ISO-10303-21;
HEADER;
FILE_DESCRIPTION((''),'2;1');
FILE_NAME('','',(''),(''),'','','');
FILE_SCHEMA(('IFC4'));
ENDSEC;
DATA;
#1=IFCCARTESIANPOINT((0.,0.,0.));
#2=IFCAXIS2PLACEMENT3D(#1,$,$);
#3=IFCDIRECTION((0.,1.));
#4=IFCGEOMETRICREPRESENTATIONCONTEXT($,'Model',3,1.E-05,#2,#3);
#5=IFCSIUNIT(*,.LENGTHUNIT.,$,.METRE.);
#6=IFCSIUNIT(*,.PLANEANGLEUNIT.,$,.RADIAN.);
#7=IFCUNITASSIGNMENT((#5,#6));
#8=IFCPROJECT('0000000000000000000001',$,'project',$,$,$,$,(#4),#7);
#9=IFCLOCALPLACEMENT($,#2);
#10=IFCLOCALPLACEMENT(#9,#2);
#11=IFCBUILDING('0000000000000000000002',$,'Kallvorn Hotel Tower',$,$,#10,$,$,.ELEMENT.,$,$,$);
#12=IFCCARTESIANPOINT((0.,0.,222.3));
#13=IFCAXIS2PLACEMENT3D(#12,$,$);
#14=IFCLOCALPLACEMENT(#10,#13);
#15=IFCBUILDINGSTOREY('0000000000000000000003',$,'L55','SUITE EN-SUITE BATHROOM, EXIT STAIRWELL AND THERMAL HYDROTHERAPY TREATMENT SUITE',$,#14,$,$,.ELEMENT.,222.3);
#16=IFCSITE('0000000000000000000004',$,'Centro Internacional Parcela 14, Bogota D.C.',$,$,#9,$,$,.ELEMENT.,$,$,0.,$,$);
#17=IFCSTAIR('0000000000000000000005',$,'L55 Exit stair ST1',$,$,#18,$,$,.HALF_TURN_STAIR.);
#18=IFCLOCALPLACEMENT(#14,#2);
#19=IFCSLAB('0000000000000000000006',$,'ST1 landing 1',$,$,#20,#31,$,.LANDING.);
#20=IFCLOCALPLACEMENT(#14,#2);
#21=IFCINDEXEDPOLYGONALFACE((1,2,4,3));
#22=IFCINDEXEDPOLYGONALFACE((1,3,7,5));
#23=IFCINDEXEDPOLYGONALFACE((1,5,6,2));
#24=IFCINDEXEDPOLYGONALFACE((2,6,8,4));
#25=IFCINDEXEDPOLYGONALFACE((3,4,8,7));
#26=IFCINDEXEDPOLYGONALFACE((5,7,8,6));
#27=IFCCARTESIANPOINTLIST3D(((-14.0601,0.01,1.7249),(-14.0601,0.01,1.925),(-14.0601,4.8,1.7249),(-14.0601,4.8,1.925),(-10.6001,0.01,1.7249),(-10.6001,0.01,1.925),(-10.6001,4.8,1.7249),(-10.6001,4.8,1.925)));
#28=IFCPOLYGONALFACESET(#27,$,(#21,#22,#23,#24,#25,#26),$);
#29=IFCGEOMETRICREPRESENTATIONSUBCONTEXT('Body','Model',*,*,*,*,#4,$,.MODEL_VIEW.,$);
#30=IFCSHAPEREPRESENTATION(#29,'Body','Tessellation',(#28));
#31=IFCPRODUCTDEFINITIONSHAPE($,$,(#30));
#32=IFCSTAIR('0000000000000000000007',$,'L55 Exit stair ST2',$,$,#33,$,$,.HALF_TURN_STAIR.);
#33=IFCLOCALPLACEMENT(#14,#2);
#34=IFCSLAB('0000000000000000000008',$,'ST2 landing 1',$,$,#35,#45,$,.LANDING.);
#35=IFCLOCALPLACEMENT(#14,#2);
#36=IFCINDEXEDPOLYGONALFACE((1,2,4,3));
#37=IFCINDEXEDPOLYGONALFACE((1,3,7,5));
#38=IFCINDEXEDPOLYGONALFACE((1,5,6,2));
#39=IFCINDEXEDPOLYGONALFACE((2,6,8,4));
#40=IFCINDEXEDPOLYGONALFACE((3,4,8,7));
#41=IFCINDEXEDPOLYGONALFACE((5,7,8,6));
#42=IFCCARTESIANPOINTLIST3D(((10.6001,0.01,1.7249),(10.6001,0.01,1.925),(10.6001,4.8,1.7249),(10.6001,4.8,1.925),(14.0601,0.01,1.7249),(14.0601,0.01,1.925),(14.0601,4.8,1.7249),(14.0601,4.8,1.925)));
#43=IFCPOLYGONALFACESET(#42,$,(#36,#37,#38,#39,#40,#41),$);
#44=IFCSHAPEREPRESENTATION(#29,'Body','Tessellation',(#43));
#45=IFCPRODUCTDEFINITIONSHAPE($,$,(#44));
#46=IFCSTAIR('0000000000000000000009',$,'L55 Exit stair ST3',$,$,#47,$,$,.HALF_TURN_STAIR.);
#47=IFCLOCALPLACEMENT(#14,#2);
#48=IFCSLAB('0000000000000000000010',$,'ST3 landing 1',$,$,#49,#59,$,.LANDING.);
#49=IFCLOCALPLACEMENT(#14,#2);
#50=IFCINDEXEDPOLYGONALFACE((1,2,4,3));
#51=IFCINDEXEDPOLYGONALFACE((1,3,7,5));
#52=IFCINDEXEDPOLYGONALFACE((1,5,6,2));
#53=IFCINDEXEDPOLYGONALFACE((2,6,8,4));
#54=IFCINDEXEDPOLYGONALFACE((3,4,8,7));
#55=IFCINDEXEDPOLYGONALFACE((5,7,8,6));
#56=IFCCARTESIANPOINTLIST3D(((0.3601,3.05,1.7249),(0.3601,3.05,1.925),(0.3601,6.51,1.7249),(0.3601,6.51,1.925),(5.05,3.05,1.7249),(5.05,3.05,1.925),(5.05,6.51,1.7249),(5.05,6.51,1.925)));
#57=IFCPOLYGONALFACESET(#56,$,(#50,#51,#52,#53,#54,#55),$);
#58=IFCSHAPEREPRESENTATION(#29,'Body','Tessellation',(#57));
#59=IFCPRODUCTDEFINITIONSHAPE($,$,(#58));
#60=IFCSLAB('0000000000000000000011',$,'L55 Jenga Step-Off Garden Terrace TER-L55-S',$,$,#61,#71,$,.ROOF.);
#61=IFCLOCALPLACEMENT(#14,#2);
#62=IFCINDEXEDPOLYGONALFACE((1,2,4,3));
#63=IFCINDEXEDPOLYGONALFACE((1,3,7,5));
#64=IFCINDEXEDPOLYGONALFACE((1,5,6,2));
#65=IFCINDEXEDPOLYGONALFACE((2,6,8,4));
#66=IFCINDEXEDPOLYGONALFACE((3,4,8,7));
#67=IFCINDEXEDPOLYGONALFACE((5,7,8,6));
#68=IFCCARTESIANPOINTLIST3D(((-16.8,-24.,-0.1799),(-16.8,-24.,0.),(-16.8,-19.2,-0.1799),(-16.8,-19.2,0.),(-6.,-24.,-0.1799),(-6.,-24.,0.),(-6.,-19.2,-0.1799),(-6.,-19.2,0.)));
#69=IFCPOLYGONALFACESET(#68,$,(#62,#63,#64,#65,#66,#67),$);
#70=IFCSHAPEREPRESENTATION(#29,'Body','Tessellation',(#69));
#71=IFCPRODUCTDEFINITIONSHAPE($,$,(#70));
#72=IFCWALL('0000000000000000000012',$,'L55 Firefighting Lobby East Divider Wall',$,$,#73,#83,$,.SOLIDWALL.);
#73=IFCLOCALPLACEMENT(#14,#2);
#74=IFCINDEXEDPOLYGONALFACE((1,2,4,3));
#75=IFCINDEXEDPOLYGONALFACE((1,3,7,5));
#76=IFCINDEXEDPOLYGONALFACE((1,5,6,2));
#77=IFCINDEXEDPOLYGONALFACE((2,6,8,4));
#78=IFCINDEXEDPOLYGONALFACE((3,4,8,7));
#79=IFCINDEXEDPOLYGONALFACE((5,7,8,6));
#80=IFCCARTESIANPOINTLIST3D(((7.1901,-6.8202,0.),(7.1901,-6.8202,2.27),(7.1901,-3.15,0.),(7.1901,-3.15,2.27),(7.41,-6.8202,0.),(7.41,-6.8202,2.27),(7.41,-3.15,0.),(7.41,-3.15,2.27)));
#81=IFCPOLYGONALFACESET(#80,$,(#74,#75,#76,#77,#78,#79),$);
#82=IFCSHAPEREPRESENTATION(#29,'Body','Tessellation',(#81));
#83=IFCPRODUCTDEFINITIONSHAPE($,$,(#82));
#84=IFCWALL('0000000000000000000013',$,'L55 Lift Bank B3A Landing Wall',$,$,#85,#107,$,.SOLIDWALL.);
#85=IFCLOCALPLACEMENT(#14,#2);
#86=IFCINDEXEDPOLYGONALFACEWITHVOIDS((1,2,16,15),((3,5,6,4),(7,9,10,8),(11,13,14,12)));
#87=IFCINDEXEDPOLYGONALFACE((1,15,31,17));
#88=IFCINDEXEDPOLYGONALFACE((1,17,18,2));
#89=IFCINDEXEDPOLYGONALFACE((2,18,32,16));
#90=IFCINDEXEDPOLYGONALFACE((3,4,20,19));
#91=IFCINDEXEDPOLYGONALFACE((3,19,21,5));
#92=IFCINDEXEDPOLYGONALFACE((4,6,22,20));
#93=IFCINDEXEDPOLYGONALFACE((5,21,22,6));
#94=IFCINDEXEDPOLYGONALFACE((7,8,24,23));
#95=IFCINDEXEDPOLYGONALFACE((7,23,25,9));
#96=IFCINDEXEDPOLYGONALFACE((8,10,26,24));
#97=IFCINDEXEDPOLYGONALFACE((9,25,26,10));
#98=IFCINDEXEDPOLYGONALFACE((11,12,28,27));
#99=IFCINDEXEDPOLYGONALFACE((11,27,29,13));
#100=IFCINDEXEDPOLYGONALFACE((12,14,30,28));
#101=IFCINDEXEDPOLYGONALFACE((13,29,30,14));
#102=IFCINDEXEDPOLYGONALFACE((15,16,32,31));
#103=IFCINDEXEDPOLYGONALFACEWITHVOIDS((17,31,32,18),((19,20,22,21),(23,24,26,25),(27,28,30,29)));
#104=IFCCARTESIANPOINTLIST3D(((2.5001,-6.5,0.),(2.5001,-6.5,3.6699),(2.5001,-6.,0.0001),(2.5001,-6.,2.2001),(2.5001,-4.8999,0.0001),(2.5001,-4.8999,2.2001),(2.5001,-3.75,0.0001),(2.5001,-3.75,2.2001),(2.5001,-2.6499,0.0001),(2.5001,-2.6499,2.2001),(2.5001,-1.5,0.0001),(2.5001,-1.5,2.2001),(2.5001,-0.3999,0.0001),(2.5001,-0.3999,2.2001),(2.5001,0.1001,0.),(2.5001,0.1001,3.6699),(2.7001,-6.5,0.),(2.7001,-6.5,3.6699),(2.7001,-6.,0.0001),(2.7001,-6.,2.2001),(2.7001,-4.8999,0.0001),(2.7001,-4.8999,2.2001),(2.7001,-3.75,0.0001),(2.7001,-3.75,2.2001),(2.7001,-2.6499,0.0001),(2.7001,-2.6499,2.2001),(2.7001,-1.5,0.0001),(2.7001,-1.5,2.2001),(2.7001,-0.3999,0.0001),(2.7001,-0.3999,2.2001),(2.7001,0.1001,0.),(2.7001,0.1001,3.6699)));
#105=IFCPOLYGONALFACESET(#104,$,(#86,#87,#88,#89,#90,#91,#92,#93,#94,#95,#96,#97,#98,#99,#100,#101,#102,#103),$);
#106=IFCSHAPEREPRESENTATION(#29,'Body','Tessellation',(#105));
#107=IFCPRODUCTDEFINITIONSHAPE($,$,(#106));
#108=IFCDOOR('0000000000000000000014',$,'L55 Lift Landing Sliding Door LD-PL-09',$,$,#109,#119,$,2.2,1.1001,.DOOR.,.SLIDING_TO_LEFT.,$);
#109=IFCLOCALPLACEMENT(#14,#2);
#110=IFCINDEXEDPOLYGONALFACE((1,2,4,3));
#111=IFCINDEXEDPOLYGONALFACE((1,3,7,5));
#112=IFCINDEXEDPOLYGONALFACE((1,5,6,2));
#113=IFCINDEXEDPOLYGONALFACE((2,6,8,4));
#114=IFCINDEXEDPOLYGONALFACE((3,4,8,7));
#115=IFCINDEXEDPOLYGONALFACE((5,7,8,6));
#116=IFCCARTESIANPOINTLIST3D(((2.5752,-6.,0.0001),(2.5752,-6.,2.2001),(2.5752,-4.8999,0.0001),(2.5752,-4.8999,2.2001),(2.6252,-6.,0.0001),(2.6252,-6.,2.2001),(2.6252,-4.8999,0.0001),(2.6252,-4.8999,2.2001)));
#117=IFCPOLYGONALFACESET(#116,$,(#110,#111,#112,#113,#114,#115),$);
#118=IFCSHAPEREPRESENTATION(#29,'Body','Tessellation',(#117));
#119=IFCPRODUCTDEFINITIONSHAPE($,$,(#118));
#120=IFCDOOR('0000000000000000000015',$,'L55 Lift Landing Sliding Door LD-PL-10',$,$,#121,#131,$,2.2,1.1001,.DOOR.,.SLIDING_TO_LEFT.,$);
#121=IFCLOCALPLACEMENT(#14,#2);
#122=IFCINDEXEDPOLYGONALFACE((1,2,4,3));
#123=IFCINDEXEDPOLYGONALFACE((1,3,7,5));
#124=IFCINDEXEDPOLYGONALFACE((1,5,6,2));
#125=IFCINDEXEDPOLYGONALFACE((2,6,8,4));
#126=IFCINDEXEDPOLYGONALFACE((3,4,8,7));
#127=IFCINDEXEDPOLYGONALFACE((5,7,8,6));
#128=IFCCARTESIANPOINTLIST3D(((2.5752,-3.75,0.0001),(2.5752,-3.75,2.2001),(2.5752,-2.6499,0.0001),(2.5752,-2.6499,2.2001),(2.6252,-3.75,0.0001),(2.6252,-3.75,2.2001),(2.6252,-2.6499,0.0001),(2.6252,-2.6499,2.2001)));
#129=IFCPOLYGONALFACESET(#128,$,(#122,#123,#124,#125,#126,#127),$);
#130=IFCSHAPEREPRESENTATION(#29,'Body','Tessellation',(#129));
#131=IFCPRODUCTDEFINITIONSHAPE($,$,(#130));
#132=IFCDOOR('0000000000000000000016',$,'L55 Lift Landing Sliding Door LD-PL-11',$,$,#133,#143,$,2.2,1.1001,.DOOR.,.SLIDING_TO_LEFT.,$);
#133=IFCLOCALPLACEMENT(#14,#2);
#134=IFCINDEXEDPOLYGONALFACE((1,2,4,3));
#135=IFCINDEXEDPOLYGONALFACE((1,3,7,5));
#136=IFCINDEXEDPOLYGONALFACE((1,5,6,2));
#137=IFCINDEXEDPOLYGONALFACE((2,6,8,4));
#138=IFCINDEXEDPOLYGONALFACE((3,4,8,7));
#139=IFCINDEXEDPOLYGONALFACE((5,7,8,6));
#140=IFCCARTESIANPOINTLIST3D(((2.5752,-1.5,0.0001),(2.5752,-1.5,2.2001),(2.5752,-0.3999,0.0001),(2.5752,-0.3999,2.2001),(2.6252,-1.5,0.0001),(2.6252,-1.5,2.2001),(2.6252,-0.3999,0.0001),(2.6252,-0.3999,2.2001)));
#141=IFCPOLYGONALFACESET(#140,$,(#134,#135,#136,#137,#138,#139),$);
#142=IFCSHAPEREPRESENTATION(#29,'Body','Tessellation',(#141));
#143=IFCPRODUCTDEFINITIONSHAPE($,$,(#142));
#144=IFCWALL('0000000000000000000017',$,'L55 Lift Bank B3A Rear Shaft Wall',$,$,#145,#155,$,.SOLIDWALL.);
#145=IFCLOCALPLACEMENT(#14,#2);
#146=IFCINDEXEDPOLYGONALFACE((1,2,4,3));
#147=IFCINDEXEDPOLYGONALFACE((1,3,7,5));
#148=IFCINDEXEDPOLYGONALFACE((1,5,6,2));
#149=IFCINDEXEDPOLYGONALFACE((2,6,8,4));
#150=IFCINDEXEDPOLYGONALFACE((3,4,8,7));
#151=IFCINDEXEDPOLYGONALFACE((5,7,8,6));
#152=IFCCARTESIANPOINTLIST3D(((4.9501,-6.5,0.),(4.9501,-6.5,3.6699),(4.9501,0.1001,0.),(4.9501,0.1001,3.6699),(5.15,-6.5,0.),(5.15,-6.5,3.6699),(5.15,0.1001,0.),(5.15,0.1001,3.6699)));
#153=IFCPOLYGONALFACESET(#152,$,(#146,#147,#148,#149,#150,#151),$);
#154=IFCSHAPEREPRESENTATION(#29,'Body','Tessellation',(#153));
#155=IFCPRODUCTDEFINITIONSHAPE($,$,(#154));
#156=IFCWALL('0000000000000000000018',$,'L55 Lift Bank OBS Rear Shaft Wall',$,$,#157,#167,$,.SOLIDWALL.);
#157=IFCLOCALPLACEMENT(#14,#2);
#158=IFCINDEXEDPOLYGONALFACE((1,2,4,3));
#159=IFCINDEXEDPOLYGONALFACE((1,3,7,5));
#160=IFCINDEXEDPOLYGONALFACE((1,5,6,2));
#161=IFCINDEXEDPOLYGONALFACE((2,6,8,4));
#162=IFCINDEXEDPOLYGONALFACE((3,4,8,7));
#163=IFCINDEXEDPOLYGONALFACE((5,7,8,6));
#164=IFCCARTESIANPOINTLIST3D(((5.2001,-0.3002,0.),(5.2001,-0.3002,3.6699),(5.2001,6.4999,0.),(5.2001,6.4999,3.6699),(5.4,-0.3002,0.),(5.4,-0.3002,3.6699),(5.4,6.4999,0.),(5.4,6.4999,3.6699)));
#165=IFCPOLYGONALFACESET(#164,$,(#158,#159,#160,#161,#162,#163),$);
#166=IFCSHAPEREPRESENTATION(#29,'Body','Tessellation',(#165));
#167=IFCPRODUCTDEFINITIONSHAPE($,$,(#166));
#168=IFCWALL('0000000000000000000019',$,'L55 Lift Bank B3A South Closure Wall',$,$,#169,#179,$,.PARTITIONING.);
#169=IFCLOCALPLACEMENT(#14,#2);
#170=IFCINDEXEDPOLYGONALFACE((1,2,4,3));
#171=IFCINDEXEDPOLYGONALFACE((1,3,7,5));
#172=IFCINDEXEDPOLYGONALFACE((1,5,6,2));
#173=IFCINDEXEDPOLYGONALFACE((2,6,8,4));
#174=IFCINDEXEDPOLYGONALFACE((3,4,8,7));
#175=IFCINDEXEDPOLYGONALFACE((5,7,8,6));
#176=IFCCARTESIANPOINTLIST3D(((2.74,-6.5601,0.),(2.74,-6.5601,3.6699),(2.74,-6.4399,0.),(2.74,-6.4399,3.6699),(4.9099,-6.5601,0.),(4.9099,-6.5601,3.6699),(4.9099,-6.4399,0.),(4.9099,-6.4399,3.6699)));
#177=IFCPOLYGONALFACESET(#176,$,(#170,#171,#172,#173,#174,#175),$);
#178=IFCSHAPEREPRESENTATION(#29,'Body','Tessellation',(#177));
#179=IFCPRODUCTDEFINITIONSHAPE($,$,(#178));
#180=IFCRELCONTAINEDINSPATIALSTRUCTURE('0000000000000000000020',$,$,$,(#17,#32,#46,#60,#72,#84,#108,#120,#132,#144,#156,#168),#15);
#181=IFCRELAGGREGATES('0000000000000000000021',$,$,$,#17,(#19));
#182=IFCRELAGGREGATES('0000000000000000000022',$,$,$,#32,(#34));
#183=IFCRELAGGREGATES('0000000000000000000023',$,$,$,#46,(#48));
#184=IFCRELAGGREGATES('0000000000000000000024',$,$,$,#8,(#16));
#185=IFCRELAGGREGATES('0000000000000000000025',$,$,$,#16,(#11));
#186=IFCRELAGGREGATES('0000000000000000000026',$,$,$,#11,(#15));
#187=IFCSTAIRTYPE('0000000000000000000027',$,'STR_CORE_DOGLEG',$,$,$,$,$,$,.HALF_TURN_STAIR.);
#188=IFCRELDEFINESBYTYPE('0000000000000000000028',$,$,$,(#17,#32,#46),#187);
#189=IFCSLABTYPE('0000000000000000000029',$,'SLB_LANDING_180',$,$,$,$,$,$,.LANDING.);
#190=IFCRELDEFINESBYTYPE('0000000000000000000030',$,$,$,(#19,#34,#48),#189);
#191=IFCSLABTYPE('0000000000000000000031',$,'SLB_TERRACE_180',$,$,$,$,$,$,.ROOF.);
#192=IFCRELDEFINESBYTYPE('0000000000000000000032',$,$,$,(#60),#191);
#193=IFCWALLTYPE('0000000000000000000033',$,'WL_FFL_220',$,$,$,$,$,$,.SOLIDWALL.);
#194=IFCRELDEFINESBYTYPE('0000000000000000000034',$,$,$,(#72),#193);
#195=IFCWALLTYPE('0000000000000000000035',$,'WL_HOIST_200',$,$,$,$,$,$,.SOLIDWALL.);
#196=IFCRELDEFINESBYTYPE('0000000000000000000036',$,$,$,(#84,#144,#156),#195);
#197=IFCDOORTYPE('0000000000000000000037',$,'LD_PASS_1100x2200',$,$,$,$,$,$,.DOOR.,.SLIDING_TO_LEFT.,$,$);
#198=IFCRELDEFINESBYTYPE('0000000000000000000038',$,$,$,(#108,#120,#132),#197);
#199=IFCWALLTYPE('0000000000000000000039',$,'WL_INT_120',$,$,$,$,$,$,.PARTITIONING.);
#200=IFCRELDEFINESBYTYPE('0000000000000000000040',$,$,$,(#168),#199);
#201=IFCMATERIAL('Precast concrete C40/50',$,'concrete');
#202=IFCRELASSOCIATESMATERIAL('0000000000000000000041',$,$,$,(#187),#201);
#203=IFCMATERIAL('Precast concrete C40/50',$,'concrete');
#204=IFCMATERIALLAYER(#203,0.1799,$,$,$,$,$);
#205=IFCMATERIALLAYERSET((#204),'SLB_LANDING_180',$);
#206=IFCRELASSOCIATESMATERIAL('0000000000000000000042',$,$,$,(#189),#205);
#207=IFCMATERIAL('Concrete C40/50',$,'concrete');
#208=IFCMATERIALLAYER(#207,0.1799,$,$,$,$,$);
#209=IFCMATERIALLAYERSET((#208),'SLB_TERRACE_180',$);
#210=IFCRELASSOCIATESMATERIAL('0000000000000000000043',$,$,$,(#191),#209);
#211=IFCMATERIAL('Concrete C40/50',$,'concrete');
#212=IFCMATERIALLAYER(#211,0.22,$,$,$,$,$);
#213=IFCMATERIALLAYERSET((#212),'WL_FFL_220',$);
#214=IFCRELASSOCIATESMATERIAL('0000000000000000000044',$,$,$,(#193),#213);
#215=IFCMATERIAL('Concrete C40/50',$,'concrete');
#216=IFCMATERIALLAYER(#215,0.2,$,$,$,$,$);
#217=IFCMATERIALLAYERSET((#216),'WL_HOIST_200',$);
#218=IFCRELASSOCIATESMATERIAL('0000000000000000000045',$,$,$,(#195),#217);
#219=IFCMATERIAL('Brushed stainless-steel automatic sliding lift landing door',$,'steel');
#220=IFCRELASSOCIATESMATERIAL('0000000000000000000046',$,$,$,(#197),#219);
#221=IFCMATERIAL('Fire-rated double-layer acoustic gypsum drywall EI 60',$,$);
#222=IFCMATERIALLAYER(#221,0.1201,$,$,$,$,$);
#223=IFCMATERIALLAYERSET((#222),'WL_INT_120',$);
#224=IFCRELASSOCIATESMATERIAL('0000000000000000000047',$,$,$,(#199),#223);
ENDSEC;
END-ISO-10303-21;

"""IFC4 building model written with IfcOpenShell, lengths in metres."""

from ifc_helpers import new_model, si_unit, direction, frame, frame_2d, origin, place, context, subcontext, project, spatial, polyline, rectangle, outline, extrude, material, layer, layer_set, type_object, element, fill, aggregate, save


model = new_model("IFC4")

# Units and contexts
model_context = context("Model", 3, precision=1e-05, world=origin(), true_north=direction((0.0, 1.0)))
body_context = subcontext(model_context, "Body", "Model", "MODEL_VIEW")
ifc_project = project(units=[si_unit("LENGTHUNIT", "METRE"), si_unit("PLANEANGLEUNIT", "RADIAN")], contexts=[model_context])

# Site, building, storey
site_placement = place(None, origin())
site = spatial("IfcSite", under=ifc_project, at=site_placement, Name="Centro Internacional Parcela 14, Bogota D.C.", CompositionType="ELEMENT", RefElevation=0.0)
building_placement = place(site_placement, origin())
building = spatial("IfcBuilding", under=site, at=building_placement, Name="Kallvorn Hotel Tower", CompositionType="ELEMENT")
storey_placement = place(building_placement, frame((0.0, 0.0, 222.3)))
storey = spatial("IfcBuildingStorey", under=building, at=storey_placement, Name="L55", Description="SUITE EN-SUITE BATHROOM, EXIT STAIRWELL AND THERMAL HYDROTHERAPY TREATMENT SUITE", CompositionType="ELEMENT", Elevation=222.3)

# Stairs, slabs
ifc_material_1 = material(Name="Precast concrete C40/50", Category="concrete")
stair_type = type_object("IfcStairType", Name="STR_CORE_DOGLEG", PredefinedType="HALF_TURN_STAIR", material=ifc_material_1)
stair_1_placement = place(storey_placement, origin())
stair_1 = element("IfcStair", 1, at=stair_1_placement, inside=storey, type_object=stair_type, Name="L55 Exit stair ST1", PredefinedType="HALF_TURN_STAIR")
ifc_material_2 = material(Name="Precast concrete C40/50", Category="concrete")
ifc_layer_1 = layer(ifc_material_2, 0.1799)
ifc_layer_set_1 = layer_set([ifc_layer_1], Name="SLB_LANDING_180")
slab_type_1 = type_object("IfcSlabType", Name="SLB_LANDING_180", PredefinedType="LANDING", material=ifc_layer_set_1)
slab_1_placement = place(storey_placement, frame((0.0, 0.0, 1.7249)))
slab_1 = element("IfcSlab", 2, at=slab_1_placement, type_object=slab_type_1, Name="ST1 landing 1", PredefinedType="LANDING", context=body_context, shape_type="SweptSolid", body=[
    extrude(outline(polyline([(-10.6001, 0.01), (-10.6001, 4.8), (-14.0601, 4.8), (-14.0601, 0.01), (-10.6001, 0.01)])), origin(), (0.0, 0.0, 1.0), 0.2002),
])
aggregate(stair_1, [slab_1])
stair_2_placement = place(storey_placement, origin())
stair_2 = element("IfcStair", 3, at=stair_2_placement, inside=storey, type_object=stair_type, Name="L55 Exit stair ST2", PredefinedType="HALF_TURN_STAIR")
slab_2_placement = place(storey_placement, frame((0.0, 0.0, 1.7249)))
slab_2 = element("IfcSlab", 4, at=slab_2_placement, type_object=slab_type_1, Name="ST2 landing 1", PredefinedType="LANDING", context=body_context, shape_type="SweptSolid", body=[
    extrude(outline(polyline([(14.0601, 0.01), (14.0601, 4.8), (10.6001, 4.8), (10.6001, 0.01), (14.0601, 0.01)])), origin(), (0.0, 0.0, 1.0), 0.2002),
])
aggregate(stair_2, [slab_2])
stair_3_placement = place(storey_placement, origin())
stair_3 = element("IfcStair", 5, at=stair_3_placement, inside=storey, type_object=stair_type, Name="L55 Exit stair ST3", PredefinedType="HALF_TURN_STAIR")
slab_3_placement = place(storey_placement, frame((0.0, 0.0, 1.7249)))
slab_3 = element("IfcSlab", 6, at=slab_3_placement, type_object=slab_type_1, Name="ST3 landing 1", PredefinedType="LANDING", context=body_context, shape_type="SweptSolid", body=[
    extrude(outline(polyline([(0.3601, 3.05), (5.05, 3.05), (5.05, 6.51), (0.3601, 6.51), (0.3601, 3.05)])), origin(), (0.0, 0.0, 1.0), 0.2002),
])
aggregate(stair_3, [slab_3])

# Slab
ifc_material_3 = material(Name="Concrete C40/50", Category="concrete")
ifc_layer_2 = layer(ifc_material_3, 0.1799)
ifc_layer_set_2 = layer_set([ifc_layer_2], Name="SLB_TERRACE_180")
slab_type_2 = type_object("IfcSlabType", Name="SLB_TERRACE_180", PredefinedType="ROOF", material=ifc_layer_set_2)
slab_4_placement = place(storey_placement, frame((0.0, 0.0, -0.1799)))
element("IfcSlab", 7, at=slab_4_placement, inside=storey, type_object=slab_type_2, Name="L55 Jenga Step-Off Garden Terrace TER-L55-S", PredefinedType="ROOF", context=body_context, shape_type="SweptSolid", body=[
    extrude(outline(polyline([(-16.8, -24.0), (-6.0, -24.0), (-6.0, -19.2), (-16.8, -19.2), (-16.8, -24.0)])), origin(), (0.0, 0.0, 1.0), 0.1799),
])

# Wall
ifc_material_4 = material(Name="Concrete C40/50", Category="concrete")
ifc_layer_3 = layer(ifc_material_4, 0.22)
ifc_layer_set_3 = layer_set([ifc_layer_3], Name="WL_FFL_220")
wall_type_1 = type_object("IfcWallType", Name="WL_FFL_220", PredefinedType="SOLIDWALL", material=ifc_layer_set_3)
wall_1_placement = place(storey_placement, frame((7.3, -6.8201, 0.0), z_axis=(0.0, 0.0, 1.0), x_axis=(0.0, 1.0, 0.0)))
element("IfcWall", 8, at=wall_1_placement, inside=storey, type_object=wall_type_1, Name="L55 Firefighting Lobby East Divider Wall", PredefinedType="SOLIDWALL", context=body_context, shape_type="SweptSolid", body=[
    extrude(rectangle(XDim=3.6702, YDim=0.22, at=frame_2d((1.835, 0.0))), origin(), (0.0, 0.0, 1.0), 2.27),
])

# Wall, openings, doors
ifc_material_5 = material(Name="Concrete C40/50", Category="concrete")
ifc_layer_4 = layer(ifc_material_5, 0.2)
ifc_layer_set_4 = layer_set([ifc_layer_4], Name="WL_HOIST_200")
wall_type_2 = type_object("IfcWallType", Name="WL_HOIST_200", PredefinedType="SOLIDWALL", material=ifc_layer_set_4)
wall_2_placement = place(storey_placement, frame((2.6001, -6.5, 0.0), z_axis=(0.0, 0.0, 1.0), x_axis=(0.0, 1.0, 0.0)))
wall_2 = element("IfcWall", 9, at=wall_2_placement, inside=storey, type_object=wall_type_2, Name="L55 Lift Bank B3A Landing Wall", PredefinedType="SOLIDWALL", context=body_context, shape_type="SweptSolid", body=[
    extrude(rectangle(XDim=6.6001, YDim=0.2, at=frame_2d((3.3, 0.0))), origin(), (0.0, 0.0, 1.0), 3.6699),
])
opening_1_placement = place(wall_2_placement, frame((0.5, 0.0, 0.0)))
opening_1 = element("IfcOpeningElement", 10, at=opening_1_placement, cuts=wall_2, PredefinedType="OPENING", context=body_context, shape_type="SweptSolid", body=[
    extrude(rectangle(XDim=1.1001, YDim=2.2, at=frame_2d((0.55, 1.1001))), frame((0.0, 0.115, 0.0), z_axis=(0.0, -1.0, 0.0), x_axis=(1.0, 0.0, 0.0)), (0.0, 0.0, 1.0), 0.23),
])
opening_2_placement = place(wall_2_placement, frame((2.75, 0.0, 0.0)))
opening_2 = element("IfcOpeningElement", 11, at=opening_2_placement, cuts=wall_2, PredefinedType="OPENING", context=body_context, shape_type="SweptSolid", body=[
    extrude(rectangle(XDim=1.1001, YDim=2.2, at=frame_2d((0.55, 1.1001))), frame((0.0, 0.115, 0.0), z_axis=(0.0, -1.0, 0.0), x_axis=(1.0, 0.0, 0.0)), (0.0, 0.0, 1.0), 0.23),
])
opening_3_placement = place(wall_2_placement, frame((5.0, 0.0, 0.0)))
opening_3 = element("IfcOpeningElement", 12, at=opening_3_placement, cuts=wall_2, PredefinedType="OPENING", context=body_context, shape_type="SweptSolid", body=[
    extrude(rectangle(XDim=1.1001, YDim=2.2, at=frame_2d((0.55, 1.1001))), frame((0.0, 0.115, 0.0), z_axis=(0.0, -1.0, 0.0), x_axis=(1.0, 0.0, 0.0)), (0.0, 0.0, 1.0), 0.23),
])
ifc_material_6 = material(Name="Brushed stainless-steel automatic sliding lift landing door", Category="steel")
door_type_1 = type_object("IfcDoorType", Name="LD_PASS_1100x2200", OperationType="SLIDING_TO_LEFT", PredefinedType="DOOR", material=ifc_material_6)
door_1_placement = place(opening_1_placement, origin())
door_1 = element("IfcDoor", 13, at=door_1_placement, inside=storey, type_object=door_type_1, Name="L55 Lift Landing Sliding Door LD-PL-09", OperationType="SLIDING_TO_LEFT", OverallHeight=2.2, OverallWidth=1.1001, PredefinedType="DOOR", context=body_context, shape_type="SweptSolid", body=[
    extrude(rectangle(XDim=1.1001, YDim=2.2, at=frame_2d((0.55, 1.1001))), frame((0.0, 0.0249, 0.0), z_axis=(0.0, -1.0, 0.0), x_axis=(1.0, 0.0, 0.0)), (0.0, 0.0, 1.0), 0.05),
])
fill(opening_1, door_1)
door_2_placement = place(opening_2_placement, origin())
door_2 = element("IfcDoor", 14, at=door_2_placement, inside=storey, type_object=door_type_1, Name="L55 Lift Landing Sliding Door LD-PL-10", OperationType="SLIDING_TO_LEFT", OverallHeight=2.2, OverallWidth=1.1001, PredefinedType="DOOR", context=body_context, shape_type="SweptSolid", body=[
    extrude(rectangle(XDim=1.1001, YDim=2.2, at=frame_2d((0.55, 1.1001))), frame((0.0, 0.0249, 0.0), z_axis=(0.0, -1.0, 0.0), x_axis=(1.0, 0.0, 0.0)), (0.0, 0.0, 1.0), 0.05),
])
fill(opening_2, door_2)
door_3_placement = place(opening_3_placement, origin())
door_3 = element("IfcDoor", 15, at=door_3_placement, inside=storey, type_object=door_type_1, Name="L55 Lift Landing Sliding Door LD-PL-11", OperationType="SLIDING_TO_LEFT", OverallHeight=2.2, OverallWidth=1.1001, PredefinedType="DOOR", context=body_context, shape_type="SweptSolid", body=[
    extrude(rectangle(XDim=1.1001, YDim=2.2, at=frame_2d((0.55, 1.1001))), frame((0.0, 0.0249, 0.0), z_axis=(0.0, -1.0, 0.0), x_axis=(1.0, 0.0, 0.0)), (0.0, 0.0, 1.0), 0.05),
])
fill(opening_3, door_3)

# Walls
wall_3_placement = place(storey_placement, frame((5.05, -6.5, 0.0), z_axis=(0.0, 0.0, 1.0), x_axis=(0.0, 1.0, 0.0)))
element("IfcWall", 16, at=wall_3_placement, inside=storey, type_object=wall_type_2, Name="L55 Lift Bank B3A Rear Shaft Wall", PredefinedType="SOLIDWALL", context=body_context, shape_type="SweptSolid", body=[
    extrude(rectangle(XDim=6.6001, YDim=0.2, at=frame_2d((3.3, 0.0))), origin(), (0.0, 0.0, 1.0), 3.6699),
])
wall_4_placement = place(storey_placement, frame((5.3, -0.3, 0.0), z_axis=(0.0, 0.0, 1.0), x_axis=(0.0, 1.0, 0.0)))
element("IfcWall", 17, at=wall_4_placement, inside=storey, type_object=wall_type_2, Name="L55 Lift Bank OBS Rear Shaft Wall", PredefinedType="SOLIDWALL", context=body_context, shape_type="SweptSolid", body=[
    extrude(rectangle(XDim=6.8, YDim=0.2, at=frame_2d((3.3999, 0.0))), origin(), (0.0, 0.0, 1.0), 3.6699),
])
ifc_material_7 = material(Name="Fire-rated double-layer acoustic gypsum drywall EI 60")
ifc_layer_5 = layer(ifc_material_7, 0.1201)
ifc_layer_set_5 = layer_set([ifc_layer_5], Name="WL_INT_120")
wall_type_3 = type_object("IfcWallType", Name="WL_INT_120", PredefinedType="PARTITIONING", material=ifc_layer_set_5)
for number, where, z_axis, x_axis, name in (
    (18, (2.74, -6.5, 0.0), (0.0, 0.0, 1.0), (1.0, 0.0, 0.0), "L55 Lift Bank B3A South Closure Wall"),
):
    element("IfcWall", number, at=place(storey_placement, frame(where, z_axis=z_axis, x_axis=x_axis)), inside=storey, type_object=wall_type_3, Name=name, PredefinedType="PARTITIONING", context=body_context, shape_type="SweptSolid", body=[
        extrude(rectangle(XDim=2.1699, YDim=0.1201, at=frame_2d((1.085, 0.0))), origin(), (0.0, 0.0, 1.0), 3.6699),
    ])

save(model, "model.ifc")
